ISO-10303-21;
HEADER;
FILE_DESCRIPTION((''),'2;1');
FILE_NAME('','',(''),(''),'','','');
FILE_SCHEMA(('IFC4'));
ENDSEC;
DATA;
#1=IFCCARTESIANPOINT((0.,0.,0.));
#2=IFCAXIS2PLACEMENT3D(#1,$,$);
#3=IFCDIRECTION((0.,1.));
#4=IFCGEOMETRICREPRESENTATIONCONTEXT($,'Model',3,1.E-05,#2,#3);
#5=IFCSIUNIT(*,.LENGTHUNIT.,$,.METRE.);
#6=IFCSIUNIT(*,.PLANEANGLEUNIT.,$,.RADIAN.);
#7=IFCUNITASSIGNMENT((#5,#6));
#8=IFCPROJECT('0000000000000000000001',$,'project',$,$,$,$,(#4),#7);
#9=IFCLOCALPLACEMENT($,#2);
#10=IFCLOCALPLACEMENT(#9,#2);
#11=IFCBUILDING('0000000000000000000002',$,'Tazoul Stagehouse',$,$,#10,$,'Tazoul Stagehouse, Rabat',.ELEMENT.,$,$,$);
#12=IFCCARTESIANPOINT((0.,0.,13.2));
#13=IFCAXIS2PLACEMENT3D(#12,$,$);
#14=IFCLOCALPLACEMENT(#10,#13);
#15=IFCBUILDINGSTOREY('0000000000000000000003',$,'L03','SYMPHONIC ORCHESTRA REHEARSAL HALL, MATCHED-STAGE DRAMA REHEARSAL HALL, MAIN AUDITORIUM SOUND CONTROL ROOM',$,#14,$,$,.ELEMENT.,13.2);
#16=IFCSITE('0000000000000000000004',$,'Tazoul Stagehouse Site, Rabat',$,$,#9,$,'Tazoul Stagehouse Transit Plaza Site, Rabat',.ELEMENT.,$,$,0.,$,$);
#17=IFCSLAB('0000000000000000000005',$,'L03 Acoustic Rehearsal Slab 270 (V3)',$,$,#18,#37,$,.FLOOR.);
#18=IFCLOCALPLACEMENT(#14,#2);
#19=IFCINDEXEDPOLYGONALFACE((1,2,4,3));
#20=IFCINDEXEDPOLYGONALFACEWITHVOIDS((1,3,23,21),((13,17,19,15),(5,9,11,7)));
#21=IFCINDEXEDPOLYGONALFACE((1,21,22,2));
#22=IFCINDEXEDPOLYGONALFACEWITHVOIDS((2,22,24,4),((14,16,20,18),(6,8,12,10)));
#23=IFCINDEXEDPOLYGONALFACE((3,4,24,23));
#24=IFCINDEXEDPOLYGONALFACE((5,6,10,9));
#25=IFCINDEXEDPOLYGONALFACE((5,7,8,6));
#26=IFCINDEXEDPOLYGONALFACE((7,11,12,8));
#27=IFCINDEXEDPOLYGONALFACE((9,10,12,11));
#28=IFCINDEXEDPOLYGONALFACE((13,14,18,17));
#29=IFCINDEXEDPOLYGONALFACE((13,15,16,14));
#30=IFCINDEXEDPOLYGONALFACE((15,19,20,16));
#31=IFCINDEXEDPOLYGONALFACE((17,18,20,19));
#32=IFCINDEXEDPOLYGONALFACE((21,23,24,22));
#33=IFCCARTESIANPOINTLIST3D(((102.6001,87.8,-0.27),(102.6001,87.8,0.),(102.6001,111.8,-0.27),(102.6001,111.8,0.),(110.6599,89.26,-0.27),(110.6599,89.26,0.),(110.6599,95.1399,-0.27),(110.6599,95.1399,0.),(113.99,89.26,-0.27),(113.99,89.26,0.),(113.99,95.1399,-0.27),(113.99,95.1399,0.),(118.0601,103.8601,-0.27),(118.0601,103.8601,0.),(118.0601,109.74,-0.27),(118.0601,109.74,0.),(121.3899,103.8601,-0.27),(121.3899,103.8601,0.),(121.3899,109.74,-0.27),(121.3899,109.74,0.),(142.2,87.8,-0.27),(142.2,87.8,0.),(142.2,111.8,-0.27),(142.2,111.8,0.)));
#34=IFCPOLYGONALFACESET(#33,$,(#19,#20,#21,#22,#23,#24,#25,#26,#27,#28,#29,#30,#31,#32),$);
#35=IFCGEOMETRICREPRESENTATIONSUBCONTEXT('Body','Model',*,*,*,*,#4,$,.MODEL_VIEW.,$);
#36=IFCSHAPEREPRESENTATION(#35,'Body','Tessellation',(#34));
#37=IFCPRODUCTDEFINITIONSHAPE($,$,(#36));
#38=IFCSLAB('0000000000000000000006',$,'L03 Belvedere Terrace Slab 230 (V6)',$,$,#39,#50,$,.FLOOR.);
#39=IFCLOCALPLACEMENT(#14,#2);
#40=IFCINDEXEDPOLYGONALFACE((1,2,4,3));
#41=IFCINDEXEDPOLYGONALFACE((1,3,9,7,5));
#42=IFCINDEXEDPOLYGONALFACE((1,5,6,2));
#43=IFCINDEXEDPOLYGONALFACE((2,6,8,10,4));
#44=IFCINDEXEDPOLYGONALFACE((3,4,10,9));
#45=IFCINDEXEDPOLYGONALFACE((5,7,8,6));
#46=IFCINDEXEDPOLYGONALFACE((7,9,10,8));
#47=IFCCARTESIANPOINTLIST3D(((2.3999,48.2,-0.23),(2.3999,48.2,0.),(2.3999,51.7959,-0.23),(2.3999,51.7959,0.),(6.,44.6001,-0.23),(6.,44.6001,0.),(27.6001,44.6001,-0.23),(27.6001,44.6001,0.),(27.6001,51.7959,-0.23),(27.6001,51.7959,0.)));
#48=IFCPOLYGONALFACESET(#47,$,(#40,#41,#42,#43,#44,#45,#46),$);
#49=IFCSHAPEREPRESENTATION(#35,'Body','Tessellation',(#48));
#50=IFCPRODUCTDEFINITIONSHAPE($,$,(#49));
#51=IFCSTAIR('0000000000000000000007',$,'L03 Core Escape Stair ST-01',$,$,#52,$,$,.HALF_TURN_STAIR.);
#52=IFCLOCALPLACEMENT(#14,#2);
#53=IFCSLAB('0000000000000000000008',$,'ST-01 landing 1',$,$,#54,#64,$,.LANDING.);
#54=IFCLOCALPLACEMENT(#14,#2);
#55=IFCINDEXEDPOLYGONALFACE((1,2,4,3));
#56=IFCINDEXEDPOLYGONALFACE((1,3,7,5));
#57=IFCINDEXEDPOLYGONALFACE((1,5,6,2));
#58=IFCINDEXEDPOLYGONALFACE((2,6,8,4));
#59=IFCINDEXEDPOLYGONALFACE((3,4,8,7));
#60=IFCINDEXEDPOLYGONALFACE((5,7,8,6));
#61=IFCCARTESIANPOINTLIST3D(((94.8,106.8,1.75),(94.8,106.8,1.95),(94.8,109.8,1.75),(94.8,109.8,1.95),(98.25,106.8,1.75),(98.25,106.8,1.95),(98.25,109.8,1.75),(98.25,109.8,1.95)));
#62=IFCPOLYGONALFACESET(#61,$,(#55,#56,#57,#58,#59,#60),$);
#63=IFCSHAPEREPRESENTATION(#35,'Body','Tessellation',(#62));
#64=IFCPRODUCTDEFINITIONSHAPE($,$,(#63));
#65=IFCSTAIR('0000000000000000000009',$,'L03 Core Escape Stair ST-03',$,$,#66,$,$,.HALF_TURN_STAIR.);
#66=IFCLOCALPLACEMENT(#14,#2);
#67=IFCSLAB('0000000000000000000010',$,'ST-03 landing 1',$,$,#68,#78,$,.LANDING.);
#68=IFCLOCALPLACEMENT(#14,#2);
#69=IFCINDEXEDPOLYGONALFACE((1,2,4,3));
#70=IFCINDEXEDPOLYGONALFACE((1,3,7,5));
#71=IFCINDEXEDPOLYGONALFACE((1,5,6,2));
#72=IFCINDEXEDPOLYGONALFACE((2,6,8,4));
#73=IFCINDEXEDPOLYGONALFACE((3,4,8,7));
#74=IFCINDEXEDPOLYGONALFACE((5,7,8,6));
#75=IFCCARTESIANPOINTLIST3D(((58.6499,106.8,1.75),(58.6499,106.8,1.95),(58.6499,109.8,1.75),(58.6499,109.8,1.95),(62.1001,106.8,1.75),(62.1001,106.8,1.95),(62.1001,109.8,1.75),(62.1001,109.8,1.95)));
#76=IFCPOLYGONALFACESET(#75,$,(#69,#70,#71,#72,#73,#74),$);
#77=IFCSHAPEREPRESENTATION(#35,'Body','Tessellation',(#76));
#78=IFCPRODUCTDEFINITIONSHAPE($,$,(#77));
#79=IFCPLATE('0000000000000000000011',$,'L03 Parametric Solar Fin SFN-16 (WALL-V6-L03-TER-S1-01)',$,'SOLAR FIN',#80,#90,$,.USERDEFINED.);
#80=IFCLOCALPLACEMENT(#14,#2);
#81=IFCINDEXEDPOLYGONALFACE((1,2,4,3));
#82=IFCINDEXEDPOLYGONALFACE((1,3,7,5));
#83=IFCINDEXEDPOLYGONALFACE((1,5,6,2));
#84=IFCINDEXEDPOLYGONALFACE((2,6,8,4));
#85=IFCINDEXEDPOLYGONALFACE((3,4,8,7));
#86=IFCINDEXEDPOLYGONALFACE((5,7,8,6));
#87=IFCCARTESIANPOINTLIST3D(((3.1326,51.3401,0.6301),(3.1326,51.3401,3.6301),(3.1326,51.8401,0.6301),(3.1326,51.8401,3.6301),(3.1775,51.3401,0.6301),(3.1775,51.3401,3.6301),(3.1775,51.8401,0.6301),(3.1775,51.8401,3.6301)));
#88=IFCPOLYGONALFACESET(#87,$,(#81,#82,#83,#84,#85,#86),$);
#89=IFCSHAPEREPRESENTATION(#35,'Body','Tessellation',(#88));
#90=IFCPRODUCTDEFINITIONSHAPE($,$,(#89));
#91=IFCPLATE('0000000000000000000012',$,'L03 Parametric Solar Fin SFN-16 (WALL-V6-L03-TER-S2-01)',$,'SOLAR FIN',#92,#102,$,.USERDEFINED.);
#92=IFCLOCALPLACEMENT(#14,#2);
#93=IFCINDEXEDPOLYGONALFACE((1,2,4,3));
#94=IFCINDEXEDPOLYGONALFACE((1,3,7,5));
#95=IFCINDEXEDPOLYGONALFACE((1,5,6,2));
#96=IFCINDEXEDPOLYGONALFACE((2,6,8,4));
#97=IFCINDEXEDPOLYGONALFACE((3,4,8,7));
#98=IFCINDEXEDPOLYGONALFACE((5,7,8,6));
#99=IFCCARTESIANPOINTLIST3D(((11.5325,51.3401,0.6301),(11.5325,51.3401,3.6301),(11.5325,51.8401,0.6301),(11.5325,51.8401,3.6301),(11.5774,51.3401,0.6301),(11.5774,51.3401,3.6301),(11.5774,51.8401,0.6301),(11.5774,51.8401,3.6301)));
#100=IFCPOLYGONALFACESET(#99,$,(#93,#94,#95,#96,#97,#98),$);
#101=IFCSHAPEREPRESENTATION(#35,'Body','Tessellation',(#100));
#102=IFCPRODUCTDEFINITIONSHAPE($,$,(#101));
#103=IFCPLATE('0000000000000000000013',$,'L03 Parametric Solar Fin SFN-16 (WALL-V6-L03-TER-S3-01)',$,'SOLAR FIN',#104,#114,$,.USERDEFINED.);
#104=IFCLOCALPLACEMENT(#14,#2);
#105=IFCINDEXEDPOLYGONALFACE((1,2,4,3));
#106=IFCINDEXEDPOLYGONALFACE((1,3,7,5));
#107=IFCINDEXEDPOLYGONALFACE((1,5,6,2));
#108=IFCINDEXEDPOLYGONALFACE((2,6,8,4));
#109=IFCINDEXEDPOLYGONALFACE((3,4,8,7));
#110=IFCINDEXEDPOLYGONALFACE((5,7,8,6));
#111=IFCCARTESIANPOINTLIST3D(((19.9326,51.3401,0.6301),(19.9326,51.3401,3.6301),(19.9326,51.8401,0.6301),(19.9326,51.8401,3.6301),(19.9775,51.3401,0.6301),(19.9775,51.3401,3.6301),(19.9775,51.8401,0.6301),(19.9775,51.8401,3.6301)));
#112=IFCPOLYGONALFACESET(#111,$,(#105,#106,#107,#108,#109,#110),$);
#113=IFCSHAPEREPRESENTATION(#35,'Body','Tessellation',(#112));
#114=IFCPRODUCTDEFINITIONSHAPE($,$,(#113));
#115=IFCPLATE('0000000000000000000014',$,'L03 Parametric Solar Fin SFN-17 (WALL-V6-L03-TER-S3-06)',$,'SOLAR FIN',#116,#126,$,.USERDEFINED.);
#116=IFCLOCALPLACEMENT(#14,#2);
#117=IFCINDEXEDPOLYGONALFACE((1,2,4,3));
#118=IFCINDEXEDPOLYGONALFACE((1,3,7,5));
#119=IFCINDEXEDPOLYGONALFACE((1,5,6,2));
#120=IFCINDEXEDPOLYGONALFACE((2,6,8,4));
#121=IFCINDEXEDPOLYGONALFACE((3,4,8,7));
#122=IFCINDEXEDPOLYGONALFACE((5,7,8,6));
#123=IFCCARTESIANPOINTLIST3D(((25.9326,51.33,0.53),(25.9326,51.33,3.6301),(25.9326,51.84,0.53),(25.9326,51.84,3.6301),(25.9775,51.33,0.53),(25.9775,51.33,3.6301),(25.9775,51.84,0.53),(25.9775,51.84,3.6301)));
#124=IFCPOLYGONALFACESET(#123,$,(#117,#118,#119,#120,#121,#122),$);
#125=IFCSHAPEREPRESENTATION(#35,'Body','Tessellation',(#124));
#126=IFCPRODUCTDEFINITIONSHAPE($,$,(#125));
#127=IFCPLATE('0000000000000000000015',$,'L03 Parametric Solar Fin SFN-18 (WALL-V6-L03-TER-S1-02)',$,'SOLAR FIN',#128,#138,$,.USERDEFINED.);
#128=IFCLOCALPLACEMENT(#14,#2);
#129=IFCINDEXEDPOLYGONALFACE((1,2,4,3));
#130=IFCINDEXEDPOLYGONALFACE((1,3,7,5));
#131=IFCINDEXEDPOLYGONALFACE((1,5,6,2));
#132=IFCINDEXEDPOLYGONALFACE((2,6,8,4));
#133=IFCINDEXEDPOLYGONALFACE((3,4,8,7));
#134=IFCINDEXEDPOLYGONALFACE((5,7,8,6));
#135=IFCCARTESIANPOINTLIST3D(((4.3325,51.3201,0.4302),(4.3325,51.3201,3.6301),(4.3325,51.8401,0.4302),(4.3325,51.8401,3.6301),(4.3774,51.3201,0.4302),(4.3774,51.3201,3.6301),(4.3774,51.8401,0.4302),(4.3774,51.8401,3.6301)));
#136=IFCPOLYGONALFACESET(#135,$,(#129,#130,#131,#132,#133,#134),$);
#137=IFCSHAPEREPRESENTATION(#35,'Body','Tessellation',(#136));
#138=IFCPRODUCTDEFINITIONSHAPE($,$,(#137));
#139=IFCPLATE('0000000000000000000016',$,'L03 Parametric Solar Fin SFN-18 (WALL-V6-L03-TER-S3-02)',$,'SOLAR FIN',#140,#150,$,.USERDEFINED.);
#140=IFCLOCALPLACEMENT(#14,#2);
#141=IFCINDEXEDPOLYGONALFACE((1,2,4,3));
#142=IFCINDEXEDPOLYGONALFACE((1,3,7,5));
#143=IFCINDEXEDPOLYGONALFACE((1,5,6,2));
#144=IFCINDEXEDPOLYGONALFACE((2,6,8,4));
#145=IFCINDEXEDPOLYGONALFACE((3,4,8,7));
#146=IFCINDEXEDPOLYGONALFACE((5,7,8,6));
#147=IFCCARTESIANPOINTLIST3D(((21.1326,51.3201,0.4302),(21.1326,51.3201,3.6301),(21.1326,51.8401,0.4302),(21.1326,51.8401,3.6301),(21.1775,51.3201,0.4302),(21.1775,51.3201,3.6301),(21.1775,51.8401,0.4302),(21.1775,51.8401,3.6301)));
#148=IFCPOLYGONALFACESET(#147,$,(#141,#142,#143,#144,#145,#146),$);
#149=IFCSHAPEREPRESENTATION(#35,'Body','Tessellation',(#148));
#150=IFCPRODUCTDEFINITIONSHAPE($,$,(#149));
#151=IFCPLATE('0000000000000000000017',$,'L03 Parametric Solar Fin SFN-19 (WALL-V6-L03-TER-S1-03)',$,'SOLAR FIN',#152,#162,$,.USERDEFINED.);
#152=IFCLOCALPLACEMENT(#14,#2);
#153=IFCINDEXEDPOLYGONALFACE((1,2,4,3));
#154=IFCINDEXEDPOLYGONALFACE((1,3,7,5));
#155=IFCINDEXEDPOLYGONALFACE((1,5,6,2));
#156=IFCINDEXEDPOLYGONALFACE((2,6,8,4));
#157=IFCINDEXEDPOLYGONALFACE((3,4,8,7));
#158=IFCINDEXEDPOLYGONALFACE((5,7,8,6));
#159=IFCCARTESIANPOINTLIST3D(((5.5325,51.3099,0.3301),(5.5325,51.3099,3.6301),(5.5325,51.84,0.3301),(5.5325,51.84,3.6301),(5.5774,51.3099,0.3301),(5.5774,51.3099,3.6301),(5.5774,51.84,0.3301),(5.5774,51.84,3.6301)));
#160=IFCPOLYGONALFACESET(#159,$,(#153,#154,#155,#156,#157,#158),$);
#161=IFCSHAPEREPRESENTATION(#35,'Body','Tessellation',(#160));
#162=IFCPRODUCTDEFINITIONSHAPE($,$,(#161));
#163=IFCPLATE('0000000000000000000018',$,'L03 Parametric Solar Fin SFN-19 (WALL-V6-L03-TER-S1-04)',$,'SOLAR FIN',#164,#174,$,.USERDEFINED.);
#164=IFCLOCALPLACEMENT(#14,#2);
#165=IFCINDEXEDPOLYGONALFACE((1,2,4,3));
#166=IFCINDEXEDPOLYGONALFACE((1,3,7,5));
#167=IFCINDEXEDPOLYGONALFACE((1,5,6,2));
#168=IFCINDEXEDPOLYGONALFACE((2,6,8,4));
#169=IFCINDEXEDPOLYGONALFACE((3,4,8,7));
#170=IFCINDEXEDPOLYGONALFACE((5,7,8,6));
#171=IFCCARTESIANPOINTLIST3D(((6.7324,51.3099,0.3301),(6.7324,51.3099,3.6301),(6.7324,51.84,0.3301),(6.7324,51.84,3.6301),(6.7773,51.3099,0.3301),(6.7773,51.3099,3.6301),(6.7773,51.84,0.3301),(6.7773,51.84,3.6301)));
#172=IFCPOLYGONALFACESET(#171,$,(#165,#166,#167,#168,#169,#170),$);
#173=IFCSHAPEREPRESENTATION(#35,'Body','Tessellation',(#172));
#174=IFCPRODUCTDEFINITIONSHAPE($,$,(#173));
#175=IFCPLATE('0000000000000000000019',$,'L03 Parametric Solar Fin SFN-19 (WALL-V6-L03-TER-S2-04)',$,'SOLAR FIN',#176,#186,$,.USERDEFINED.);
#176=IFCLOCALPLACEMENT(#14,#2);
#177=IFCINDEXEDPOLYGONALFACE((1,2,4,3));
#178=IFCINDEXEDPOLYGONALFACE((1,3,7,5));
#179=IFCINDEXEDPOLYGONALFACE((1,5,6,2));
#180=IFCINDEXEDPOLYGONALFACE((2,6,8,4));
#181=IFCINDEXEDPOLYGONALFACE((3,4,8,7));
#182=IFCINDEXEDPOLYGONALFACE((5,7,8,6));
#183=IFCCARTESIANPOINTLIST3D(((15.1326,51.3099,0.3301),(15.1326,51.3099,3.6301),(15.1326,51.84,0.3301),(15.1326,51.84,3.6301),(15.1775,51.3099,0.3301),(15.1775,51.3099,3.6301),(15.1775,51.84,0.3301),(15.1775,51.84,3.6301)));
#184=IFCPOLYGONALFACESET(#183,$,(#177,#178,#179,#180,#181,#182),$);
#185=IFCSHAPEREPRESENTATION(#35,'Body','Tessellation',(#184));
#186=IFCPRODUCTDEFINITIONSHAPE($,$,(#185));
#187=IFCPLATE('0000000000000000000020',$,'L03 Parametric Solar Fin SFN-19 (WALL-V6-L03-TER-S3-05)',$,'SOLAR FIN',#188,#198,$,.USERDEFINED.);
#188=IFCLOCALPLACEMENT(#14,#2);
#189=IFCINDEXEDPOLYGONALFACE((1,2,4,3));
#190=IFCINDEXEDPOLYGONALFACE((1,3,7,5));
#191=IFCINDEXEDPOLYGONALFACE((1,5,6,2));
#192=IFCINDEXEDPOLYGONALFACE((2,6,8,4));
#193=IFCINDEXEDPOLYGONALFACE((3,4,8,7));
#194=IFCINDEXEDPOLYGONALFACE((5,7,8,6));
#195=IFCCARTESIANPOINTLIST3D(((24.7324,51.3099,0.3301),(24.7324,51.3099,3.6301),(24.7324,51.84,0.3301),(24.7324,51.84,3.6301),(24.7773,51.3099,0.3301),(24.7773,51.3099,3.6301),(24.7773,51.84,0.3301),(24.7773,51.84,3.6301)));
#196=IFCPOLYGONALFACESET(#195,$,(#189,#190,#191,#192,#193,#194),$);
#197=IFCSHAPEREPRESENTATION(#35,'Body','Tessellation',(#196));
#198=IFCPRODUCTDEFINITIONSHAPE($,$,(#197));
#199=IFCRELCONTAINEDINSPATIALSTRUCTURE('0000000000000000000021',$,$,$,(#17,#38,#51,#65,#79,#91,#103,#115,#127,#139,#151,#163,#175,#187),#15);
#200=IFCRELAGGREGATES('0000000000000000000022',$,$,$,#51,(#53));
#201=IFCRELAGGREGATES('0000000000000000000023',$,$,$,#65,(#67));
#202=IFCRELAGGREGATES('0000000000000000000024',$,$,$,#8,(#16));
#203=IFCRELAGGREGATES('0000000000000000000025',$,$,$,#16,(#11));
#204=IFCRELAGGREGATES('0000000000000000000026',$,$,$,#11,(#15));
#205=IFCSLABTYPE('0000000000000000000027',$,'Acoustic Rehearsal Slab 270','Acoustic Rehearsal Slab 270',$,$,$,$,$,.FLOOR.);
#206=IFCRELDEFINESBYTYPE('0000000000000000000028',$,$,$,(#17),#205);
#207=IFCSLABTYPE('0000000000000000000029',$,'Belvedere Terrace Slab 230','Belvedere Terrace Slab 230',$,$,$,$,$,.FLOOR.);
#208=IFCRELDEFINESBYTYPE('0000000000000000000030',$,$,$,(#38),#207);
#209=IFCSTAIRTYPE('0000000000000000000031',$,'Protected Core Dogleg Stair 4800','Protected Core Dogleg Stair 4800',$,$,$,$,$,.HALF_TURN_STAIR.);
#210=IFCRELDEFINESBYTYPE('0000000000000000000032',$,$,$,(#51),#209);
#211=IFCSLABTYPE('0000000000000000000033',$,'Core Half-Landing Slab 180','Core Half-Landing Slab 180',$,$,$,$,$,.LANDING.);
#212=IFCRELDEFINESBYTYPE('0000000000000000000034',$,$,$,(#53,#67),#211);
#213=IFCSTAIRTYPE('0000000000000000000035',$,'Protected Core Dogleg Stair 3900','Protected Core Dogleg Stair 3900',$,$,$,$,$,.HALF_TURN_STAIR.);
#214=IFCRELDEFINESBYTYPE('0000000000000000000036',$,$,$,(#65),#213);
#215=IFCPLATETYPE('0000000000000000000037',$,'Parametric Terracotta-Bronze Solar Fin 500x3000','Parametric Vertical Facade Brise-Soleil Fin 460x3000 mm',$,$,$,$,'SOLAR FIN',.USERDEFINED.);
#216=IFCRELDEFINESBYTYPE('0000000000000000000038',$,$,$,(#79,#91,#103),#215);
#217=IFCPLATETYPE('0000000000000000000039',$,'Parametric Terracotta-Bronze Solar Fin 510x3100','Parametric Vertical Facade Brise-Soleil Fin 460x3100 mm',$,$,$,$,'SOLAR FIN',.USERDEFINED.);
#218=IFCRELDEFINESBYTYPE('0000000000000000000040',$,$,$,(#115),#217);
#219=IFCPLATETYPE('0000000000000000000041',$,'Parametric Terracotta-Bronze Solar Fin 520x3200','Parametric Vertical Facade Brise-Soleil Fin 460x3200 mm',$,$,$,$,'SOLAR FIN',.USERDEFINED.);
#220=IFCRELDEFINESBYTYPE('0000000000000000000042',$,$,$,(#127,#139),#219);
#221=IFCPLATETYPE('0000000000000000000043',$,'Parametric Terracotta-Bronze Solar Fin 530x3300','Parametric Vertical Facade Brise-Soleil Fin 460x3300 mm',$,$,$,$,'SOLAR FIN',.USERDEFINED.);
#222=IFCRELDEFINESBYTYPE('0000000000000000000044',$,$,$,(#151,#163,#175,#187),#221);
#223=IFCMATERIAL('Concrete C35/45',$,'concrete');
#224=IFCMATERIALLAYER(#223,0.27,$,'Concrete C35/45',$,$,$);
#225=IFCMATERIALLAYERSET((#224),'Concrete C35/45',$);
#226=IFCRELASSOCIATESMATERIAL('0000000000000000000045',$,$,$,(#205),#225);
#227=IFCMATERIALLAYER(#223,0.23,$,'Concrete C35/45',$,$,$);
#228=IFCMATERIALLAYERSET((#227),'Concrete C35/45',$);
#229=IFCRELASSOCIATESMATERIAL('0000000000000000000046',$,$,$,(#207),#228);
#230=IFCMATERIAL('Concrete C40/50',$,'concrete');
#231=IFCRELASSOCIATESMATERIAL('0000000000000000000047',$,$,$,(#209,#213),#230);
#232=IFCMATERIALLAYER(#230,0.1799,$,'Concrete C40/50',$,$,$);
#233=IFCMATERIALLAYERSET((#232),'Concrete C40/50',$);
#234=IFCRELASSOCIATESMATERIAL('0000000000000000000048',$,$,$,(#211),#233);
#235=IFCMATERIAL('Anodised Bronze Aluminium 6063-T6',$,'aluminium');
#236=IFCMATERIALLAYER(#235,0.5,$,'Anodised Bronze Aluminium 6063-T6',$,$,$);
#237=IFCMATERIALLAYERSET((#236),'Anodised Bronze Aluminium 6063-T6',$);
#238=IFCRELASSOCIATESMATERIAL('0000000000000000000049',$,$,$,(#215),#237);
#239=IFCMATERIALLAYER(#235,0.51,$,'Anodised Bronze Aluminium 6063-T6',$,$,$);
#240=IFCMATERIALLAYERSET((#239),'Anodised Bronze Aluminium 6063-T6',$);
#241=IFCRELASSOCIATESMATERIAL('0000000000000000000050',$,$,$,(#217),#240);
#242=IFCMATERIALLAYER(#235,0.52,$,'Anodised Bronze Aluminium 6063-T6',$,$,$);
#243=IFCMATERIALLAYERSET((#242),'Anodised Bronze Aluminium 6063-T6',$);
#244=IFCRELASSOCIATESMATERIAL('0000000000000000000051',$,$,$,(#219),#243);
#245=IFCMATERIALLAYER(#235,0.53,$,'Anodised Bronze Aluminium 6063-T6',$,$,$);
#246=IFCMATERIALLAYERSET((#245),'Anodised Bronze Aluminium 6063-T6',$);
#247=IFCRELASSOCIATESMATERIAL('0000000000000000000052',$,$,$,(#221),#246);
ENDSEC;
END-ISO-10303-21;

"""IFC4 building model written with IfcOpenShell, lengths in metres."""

from ifc_helpers import new_model, si_unit, direction, frame, origin, origin_2d, place, context, subcontext, project, spatial, polyline, rectangle, outline, extrude, material, layer, layer_set, type_object, element, aggregate, save


model = new_model("IFC4")

# Units and contexts
model_context = context("Model", 3, precision=1e-05, world=origin(), true_north=direction((0.0, 1.0)))
body_context = subcontext(model_context, "Body", "Model", "MODEL_VIEW")
ifc_project = project(units=[si_unit("LENGTHUNIT", "METRE"), si_unit("PLANEANGLEUNIT", "RADIAN")], contexts=[model_context])

# Site, building, storey
site_placement = place(None, origin())
site = spatial("IfcSite", under=ifc_project, at=site_placement, Name="Tazoul Stagehouse Site, Rabat", LongName="Tazoul Stagehouse Transit Plaza Site, Rabat", CompositionType="ELEMENT", RefElevation=0.0)
building_placement = place(site_placement, origin())
building = spatial("IfcBuilding", under=site, at=building_placement, Name="Tazoul Stagehouse", LongName="Tazoul Stagehouse, Rabat", CompositionType="ELEMENT")
storey_placement = place(building_placement, frame((0.0, 0.0, 13.2)))
storey = spatial("IfcBuildingStorey", under=building, at=storey_placement, Name="L03", Description="SYMPHONIC ORCHESTRA REHEARSAL HALL, MATCHED-STAGE DRAMA REHEARSAL HALL, MAIN AUDITORIUM SOUND CONTROL ROOM", CompositionType="ELEMENT", Elevation=13.2)

# Slabs
ifc_material_1 = material(Name="Concrete C35/45", Category="concrete")
ifc_layer_1 = layer(ifc_material_1, 0.27, Name="Concrete C35/45")
ifc_layer_set_1 = layer_set([ifc_layer_1], Name="Concrete C35/45")
slab_type_1 = type_object("IfcSlabType", Name="Acoustic Rehearsal Slab 270", Description="Acoustic Rehearsal Slab 270", PredefinedType="FLOOR", material=ifc_layer_set_1)
slab_1_placement = place(storey_placement, frame((0.0, 0.0, -0.27)))
element("IfcSlab", 1, at=slab_1_placement, inside=storey, type_object=slab_type_1, Name="L03 Acoustic Rehearsal Slab 270 (V3)", PredefinedType="FLOOR", context=body_context, shape_type="SweptSolid", body=[
    extrude(outline(polyline([(102.6001, 87.8), (102.6001, 111.8), (142.2, 111.8), (142.2, 87.8), (102.6001, 87.8)]), holes=[polyline([(113.99, 95.1399), (113.99, 89.26), (110.6599, 89.26), (110.6599, 95.1399), (113.99, 95.1399)]), polyline([(118.0601, 103.8601), (118.0601, 109.74), (121.3899, 109.74), (121.3899, 103.8601), (118.0601, 103.8601)])]), origin(), (0.0, 0.0, 1.0), 0.27),
])
ifc_layer_2 = layer(ifc_material_1, 0.23, Name="Concrete C35/45")
ifc_layer_set_2 = layer_set([ifc_layer_2], Name="Concrete C35/45")
slab_type_2 = type_object("IfcSlabType", Name="Belvedere Terrace Slab 230", Description="Belvedere Terrace Slab 230", PredefinedType="FLOOR", material=ifc_layer_set_2)
slab_2_placement = place(storey_placement, frame((0.0, 0.0, -0.23)))
element("IfcSlab", 2, at=slab_2_placement, inside=storey, type_object=slab_type_2, Name="L03 Belvedere Terrace Slab 230 (V6)", PredefinedType="FLOOR", context=body_context, shape_type="SweptSolid", body=[
    extrude(outline(polyline([(6.0, 44.6001), (2.3999, 48.2), (2.3999, 51.7959), (27.6001, 51.7959), (27.6001, 44.6001), (6.0, 44.6001)])), origin(), (0.0, 0.0, 1.0), 0.23),
])

# Stairs, slabs
ifc_material_2 = material(Name="Concrete C40/50", Category="concrete")
stair_type_1 = type_object("IfcStairType", Name="Protected Core Dogleg Stair 4800", Description="Protected Core Dogleg Stair 4800", PredefinedType="HALF_TURN_STAIR", material=ifc_material_2)
stair_1_placement = place(storey_placement, origin())
stair_1 = element("IfcStair", 3, at=stair_1_placement, inside=storey, type_object=stair_type_1, Name="L03 Core Escape Stair ST-01", PredefinedType="HALF_TURN_STAIR")
ifc_layer_3 = layer(ifc_material_2, 0.1799, Name="Concrete C40/50")
ifc_layer_set_3 = layer_set([ifc_layer_3], Name="Concrete C40/50")
slab_type_3 = type_object("IfcSlabType", Name="Core Half-Landing Slab 180", Description="Core Half-Landing Slab 180", PredefinedType="LANDING", material=ifc_layer_set_3)
slab_3_placement = place(storey_placement, frame((0.0, 0.0, 1.75)))
slab_3 = element("IfcSlab", 4, at=slab_3_placement, type_object=slab_type_3, Name="ST-01 landing 1", PredefinedType="LANDING", context=body_context, shape_type="SweptSolid", body=[
    extrude(outline(polyline([(98.25, 106.8), (98.25, 109.8), (94.8, 109.8), (94.8, 106.8), (98.25, 106.8)])), origin(), (0.0, 0.0, 1.0), 0.2),
])
aggregate(stair_1, [slab_3])
stair_type_2 = type_object("IfcStairType", Name="Protected Core Dogleg Stair 3900", Description="Protected Core Dogleg Stair 3900", PredefinedType="HALF_TURN_STAIR", material=ifc_material_2)
stair_2_placement = place(storey_placement, origin())
stair_2 = element("IfcStair", 5, at=stair_2_placement, inside=storey, type_object=stair_type_2, Name="L03 Core Escape Stair ST-03", PredefinedType="HALF_TURN_STAIR")
slab_4_placement = place(storey_placement, frame((0.0, 0.0, 1.75)))
slab_4 = element("IfcSlab", 6, at=slab_4_placement, type_object=slab_type_3, Name="ST-03 landing 1", PredefinedType="LANDING", context=body_context, shape_type="SweptSolid", body=[
    extrude(outline(polyline([(62.1001, 106.8), (62.1001, 109.8), (58.6499, 109.8), (58.6499, 106.8), (62.1001, 106.8)])), origin(), (0.0, 0.0, 1.0), 0.2),
])
aggregate(stair_2, [slab_4])

# Plates
ifc_material_3 = material(Name="Anodised Bronze Aluminium 6063-T6", Category="aluminium")
ifc_layer_4 = layer(ifc_material_3, 0.5, Name="Anodised Bronze Aluminium 6063-T6")
ifc_layer_set_4 = layer_set([ifc_layer_4], Name="Anodised Bronze Aluminium 6063-T6")
plate_type_1 = type_object("IfcPlateType", Name="Parametric Terracotta-Bronze Solar Fin 500x3000", Description="Parametric Vertical Facade Brise-Soleil Fin 460x3000 mm", ElementType="SOLAR FIN", PredefinedType="USERDEFINED", material=ifc_layer_set_4)
for number, where, z_axis, x_axis, name in (
    (7, (3.155, 51.5901, 0.6301), (0.0, 0.0, 1.0), (1.0, 0.0, 0.0), "L03 Parametric Solar Fin SFN-16 (WALL-V6-L03-TER-S1-01)"),
    (8, (11.5549, 51.5901, 0.6301), (0.0, 0.0, 1.0), (1.0, 0.0, 0.0), "L03 Parametric Solar Fin SFN-16 (WALL-V6-L03-TER-S2-01)"),
    (9, (19.9551, 51.5901, 0.6301), (0.0, 0.0, 1.0), (1.0, 0.0, 0.0), "L03 Parametric Solar Fin SFN-16 (WALL-V6-L03-TER-S3-01)"),
):
    element("IfcPlate", number, at=place(storey_placement, frame(where, z_axis=z_axis, x_axis=x_axis)), inside=storey, type_object=plate_type_1, Name=name, ObjectType="SOLAR FIN", PredefinedType="USERDEFINED", context=body_context, shape_type="SweptSolid", body=[
        extrude(rectangle(XDim=0.0449, YDim=0.5, at=origin_2d()), origin(), (0.0, 0.0, 1.0), 3.0),
    ])
ifc_layer_5 = layer(ifc_material_3, 0.51, Name="Anodised Bronze Aluminium 6063-T6")
ifc_layer_set_5 = layer_set([ifc_layer_5], Name="Anodised Bronze Aluminium 6063-T6")
plate_type_2 = type_object("IfcPlateType", Name="Parametric Terracotta-Bronze Solar Fin 510x3100", Description="Parametric Vertical Facade Brise-Soleil Fin 460x3100 mm", ElementType="SOLAR FIN", PredefinedType="USERDEFINED", material=ifc_layer_set_5)
plate_1_placement = place(storey_placement, frame((25.9551, 51.585, 0.53), z_axis=(0.0, 0.0, 1.0), x_axis=(1.0, 0.0, 0.0)))
element("IfcPlate", 10, at=plate_1_placement, inside=storey, type_object=plate_type_2, Name="L03 Parametric Solar Fin SFN-17 (WALL-V6-L03-TER-S3-06)", ObjectType="SOLAR FIN", PredefinedType="USERDEFINED", context=body_context, shape_type="SweptSolid", body=[
    extrude(rectangle(XDim=0.0449, YDim=0.51, at=origin_2d()), origin(), (0.0, 0.0, 1.0), 3.1001),
])
ifc_layer_6 = layer(ifc_material_3, 0.52, Name="Anodised Bronze Aluminium 6063-T6")
ifc_layer_set_6 = layer_set([ifc_layer_6], Name="Anodised Bronze Aluminium 6063-T6")
plate_type_3 = type_object("IfcPlateType", Name="Parametric Terracotta-Bronze Solar Fin 520x3200", Description="Parametric Vertical Facade Brise-Soleil Fin 460x3200 mm", ElementType="SOLAR FIN", PredefinedType="USERDEFINED", material=ifc_layer_set_6)
for number, where, z_axis, x_axis, name in (
    (11, (4.355, 51.5801, 0.4302), (0.0, 0.0, 1.0), (1.0, 0.0, 0.0), "L03 Parametric Solar Fin SFN-18 (WALL-V6-L03-TER-S1-02)"),
    (12, (21.155, 51.5801, 0.4302), (0.0, 0.0, 1.0), (1.0, 0.0, 0.0), "L03 Parametric Solar Fin SFN-18 (WALL-V6-L03-TER-S3-02)"),
):
    element("IfcPlate", number, at=place(storey_placement, frame(where, z_axis=z_axis, x_axis=x_axis)), inside=storey, type_object=plate_type_3, Name=name, ObjectType="SOLAR FIN", PredefinedType="USERDEFINED", context=body_context, shape_type="SweptSolid", body=[
        extrude(rectangle(XDim=0.0449, YDim=0.52, at=origin_2d()), origin(), (0.0, 0.0, 1.0), 3.2),
    ])
ifc_layer_7 = layer(ifc_material_3, 0.53, Name="Anodised Bronze Aluminium 6063-T6")
ifc_layer_set_7 = layer_set([ifc_layer_7], Name="Anodised Bronze Aluminium 6063-T6")
plate_type_4 = type_object("IfcPlateType", Name="Parametric Terracotta-Bronze Solar Fin 530x3300", Description="Parametric Vertical Facade Brise-Soleil Fin 460x3300 mm", ElementType="SOLAR FIN", PredefinedType="USERDEFINED", material=ifc_layer_set_7)
for number, where, z_axis, x_axis, name in (
    (13, (5.5549, 51.575, 0.3301), (0.0, 0.0, 1.0), (1.0, 0.0, 0.0), "L03 Parametric Solar Fin SFN-19 (WALL-V6-L03-TER-S1-03)"),
    (14, (6.7549, 51.575, 0.3301), (0.0, 0.0, 1.0), (1.0, 0.0, 0.0), "L03 Parametric Solar Fin SFN-19 (WALL-V6-L03-TER-S1-04)"),
    (15, (15.155, 51.575, 0.3301), (0.0, 0.0, 1.0), (1.0, 0.0, 0.0), "L03 Parametric Solar Fin SFN-19 (WALL-V6-L03-TER-S2-04)"),
    (16, (24.7549, 51.575, 0.3301), (0.0, 0.0, 1.0), (1.0, 0.0, 0.0), "L03 Parametric Solar Fin SFN-19 (WALL-V6-L03-TER-S3-05)"),
):
    element("IfcPlate", number, at=place(storey_placement, frame(where, z_axis=z_axis, x_axis=x_axis)), inside=storey, type_object=plate_type_4, Name=name, ObjectType="SOLAR FIN", PredefinedType="USERDEFINED", context=body_context, shape_type="SweptSolid", body=[
        extrude(rectangle(XDim=0.0449, YDim=0.53, at=origin_2d()), origin(), (0.0, 0.0, 1.0), 3.3),
    ])

save(model, "model.ifc")
